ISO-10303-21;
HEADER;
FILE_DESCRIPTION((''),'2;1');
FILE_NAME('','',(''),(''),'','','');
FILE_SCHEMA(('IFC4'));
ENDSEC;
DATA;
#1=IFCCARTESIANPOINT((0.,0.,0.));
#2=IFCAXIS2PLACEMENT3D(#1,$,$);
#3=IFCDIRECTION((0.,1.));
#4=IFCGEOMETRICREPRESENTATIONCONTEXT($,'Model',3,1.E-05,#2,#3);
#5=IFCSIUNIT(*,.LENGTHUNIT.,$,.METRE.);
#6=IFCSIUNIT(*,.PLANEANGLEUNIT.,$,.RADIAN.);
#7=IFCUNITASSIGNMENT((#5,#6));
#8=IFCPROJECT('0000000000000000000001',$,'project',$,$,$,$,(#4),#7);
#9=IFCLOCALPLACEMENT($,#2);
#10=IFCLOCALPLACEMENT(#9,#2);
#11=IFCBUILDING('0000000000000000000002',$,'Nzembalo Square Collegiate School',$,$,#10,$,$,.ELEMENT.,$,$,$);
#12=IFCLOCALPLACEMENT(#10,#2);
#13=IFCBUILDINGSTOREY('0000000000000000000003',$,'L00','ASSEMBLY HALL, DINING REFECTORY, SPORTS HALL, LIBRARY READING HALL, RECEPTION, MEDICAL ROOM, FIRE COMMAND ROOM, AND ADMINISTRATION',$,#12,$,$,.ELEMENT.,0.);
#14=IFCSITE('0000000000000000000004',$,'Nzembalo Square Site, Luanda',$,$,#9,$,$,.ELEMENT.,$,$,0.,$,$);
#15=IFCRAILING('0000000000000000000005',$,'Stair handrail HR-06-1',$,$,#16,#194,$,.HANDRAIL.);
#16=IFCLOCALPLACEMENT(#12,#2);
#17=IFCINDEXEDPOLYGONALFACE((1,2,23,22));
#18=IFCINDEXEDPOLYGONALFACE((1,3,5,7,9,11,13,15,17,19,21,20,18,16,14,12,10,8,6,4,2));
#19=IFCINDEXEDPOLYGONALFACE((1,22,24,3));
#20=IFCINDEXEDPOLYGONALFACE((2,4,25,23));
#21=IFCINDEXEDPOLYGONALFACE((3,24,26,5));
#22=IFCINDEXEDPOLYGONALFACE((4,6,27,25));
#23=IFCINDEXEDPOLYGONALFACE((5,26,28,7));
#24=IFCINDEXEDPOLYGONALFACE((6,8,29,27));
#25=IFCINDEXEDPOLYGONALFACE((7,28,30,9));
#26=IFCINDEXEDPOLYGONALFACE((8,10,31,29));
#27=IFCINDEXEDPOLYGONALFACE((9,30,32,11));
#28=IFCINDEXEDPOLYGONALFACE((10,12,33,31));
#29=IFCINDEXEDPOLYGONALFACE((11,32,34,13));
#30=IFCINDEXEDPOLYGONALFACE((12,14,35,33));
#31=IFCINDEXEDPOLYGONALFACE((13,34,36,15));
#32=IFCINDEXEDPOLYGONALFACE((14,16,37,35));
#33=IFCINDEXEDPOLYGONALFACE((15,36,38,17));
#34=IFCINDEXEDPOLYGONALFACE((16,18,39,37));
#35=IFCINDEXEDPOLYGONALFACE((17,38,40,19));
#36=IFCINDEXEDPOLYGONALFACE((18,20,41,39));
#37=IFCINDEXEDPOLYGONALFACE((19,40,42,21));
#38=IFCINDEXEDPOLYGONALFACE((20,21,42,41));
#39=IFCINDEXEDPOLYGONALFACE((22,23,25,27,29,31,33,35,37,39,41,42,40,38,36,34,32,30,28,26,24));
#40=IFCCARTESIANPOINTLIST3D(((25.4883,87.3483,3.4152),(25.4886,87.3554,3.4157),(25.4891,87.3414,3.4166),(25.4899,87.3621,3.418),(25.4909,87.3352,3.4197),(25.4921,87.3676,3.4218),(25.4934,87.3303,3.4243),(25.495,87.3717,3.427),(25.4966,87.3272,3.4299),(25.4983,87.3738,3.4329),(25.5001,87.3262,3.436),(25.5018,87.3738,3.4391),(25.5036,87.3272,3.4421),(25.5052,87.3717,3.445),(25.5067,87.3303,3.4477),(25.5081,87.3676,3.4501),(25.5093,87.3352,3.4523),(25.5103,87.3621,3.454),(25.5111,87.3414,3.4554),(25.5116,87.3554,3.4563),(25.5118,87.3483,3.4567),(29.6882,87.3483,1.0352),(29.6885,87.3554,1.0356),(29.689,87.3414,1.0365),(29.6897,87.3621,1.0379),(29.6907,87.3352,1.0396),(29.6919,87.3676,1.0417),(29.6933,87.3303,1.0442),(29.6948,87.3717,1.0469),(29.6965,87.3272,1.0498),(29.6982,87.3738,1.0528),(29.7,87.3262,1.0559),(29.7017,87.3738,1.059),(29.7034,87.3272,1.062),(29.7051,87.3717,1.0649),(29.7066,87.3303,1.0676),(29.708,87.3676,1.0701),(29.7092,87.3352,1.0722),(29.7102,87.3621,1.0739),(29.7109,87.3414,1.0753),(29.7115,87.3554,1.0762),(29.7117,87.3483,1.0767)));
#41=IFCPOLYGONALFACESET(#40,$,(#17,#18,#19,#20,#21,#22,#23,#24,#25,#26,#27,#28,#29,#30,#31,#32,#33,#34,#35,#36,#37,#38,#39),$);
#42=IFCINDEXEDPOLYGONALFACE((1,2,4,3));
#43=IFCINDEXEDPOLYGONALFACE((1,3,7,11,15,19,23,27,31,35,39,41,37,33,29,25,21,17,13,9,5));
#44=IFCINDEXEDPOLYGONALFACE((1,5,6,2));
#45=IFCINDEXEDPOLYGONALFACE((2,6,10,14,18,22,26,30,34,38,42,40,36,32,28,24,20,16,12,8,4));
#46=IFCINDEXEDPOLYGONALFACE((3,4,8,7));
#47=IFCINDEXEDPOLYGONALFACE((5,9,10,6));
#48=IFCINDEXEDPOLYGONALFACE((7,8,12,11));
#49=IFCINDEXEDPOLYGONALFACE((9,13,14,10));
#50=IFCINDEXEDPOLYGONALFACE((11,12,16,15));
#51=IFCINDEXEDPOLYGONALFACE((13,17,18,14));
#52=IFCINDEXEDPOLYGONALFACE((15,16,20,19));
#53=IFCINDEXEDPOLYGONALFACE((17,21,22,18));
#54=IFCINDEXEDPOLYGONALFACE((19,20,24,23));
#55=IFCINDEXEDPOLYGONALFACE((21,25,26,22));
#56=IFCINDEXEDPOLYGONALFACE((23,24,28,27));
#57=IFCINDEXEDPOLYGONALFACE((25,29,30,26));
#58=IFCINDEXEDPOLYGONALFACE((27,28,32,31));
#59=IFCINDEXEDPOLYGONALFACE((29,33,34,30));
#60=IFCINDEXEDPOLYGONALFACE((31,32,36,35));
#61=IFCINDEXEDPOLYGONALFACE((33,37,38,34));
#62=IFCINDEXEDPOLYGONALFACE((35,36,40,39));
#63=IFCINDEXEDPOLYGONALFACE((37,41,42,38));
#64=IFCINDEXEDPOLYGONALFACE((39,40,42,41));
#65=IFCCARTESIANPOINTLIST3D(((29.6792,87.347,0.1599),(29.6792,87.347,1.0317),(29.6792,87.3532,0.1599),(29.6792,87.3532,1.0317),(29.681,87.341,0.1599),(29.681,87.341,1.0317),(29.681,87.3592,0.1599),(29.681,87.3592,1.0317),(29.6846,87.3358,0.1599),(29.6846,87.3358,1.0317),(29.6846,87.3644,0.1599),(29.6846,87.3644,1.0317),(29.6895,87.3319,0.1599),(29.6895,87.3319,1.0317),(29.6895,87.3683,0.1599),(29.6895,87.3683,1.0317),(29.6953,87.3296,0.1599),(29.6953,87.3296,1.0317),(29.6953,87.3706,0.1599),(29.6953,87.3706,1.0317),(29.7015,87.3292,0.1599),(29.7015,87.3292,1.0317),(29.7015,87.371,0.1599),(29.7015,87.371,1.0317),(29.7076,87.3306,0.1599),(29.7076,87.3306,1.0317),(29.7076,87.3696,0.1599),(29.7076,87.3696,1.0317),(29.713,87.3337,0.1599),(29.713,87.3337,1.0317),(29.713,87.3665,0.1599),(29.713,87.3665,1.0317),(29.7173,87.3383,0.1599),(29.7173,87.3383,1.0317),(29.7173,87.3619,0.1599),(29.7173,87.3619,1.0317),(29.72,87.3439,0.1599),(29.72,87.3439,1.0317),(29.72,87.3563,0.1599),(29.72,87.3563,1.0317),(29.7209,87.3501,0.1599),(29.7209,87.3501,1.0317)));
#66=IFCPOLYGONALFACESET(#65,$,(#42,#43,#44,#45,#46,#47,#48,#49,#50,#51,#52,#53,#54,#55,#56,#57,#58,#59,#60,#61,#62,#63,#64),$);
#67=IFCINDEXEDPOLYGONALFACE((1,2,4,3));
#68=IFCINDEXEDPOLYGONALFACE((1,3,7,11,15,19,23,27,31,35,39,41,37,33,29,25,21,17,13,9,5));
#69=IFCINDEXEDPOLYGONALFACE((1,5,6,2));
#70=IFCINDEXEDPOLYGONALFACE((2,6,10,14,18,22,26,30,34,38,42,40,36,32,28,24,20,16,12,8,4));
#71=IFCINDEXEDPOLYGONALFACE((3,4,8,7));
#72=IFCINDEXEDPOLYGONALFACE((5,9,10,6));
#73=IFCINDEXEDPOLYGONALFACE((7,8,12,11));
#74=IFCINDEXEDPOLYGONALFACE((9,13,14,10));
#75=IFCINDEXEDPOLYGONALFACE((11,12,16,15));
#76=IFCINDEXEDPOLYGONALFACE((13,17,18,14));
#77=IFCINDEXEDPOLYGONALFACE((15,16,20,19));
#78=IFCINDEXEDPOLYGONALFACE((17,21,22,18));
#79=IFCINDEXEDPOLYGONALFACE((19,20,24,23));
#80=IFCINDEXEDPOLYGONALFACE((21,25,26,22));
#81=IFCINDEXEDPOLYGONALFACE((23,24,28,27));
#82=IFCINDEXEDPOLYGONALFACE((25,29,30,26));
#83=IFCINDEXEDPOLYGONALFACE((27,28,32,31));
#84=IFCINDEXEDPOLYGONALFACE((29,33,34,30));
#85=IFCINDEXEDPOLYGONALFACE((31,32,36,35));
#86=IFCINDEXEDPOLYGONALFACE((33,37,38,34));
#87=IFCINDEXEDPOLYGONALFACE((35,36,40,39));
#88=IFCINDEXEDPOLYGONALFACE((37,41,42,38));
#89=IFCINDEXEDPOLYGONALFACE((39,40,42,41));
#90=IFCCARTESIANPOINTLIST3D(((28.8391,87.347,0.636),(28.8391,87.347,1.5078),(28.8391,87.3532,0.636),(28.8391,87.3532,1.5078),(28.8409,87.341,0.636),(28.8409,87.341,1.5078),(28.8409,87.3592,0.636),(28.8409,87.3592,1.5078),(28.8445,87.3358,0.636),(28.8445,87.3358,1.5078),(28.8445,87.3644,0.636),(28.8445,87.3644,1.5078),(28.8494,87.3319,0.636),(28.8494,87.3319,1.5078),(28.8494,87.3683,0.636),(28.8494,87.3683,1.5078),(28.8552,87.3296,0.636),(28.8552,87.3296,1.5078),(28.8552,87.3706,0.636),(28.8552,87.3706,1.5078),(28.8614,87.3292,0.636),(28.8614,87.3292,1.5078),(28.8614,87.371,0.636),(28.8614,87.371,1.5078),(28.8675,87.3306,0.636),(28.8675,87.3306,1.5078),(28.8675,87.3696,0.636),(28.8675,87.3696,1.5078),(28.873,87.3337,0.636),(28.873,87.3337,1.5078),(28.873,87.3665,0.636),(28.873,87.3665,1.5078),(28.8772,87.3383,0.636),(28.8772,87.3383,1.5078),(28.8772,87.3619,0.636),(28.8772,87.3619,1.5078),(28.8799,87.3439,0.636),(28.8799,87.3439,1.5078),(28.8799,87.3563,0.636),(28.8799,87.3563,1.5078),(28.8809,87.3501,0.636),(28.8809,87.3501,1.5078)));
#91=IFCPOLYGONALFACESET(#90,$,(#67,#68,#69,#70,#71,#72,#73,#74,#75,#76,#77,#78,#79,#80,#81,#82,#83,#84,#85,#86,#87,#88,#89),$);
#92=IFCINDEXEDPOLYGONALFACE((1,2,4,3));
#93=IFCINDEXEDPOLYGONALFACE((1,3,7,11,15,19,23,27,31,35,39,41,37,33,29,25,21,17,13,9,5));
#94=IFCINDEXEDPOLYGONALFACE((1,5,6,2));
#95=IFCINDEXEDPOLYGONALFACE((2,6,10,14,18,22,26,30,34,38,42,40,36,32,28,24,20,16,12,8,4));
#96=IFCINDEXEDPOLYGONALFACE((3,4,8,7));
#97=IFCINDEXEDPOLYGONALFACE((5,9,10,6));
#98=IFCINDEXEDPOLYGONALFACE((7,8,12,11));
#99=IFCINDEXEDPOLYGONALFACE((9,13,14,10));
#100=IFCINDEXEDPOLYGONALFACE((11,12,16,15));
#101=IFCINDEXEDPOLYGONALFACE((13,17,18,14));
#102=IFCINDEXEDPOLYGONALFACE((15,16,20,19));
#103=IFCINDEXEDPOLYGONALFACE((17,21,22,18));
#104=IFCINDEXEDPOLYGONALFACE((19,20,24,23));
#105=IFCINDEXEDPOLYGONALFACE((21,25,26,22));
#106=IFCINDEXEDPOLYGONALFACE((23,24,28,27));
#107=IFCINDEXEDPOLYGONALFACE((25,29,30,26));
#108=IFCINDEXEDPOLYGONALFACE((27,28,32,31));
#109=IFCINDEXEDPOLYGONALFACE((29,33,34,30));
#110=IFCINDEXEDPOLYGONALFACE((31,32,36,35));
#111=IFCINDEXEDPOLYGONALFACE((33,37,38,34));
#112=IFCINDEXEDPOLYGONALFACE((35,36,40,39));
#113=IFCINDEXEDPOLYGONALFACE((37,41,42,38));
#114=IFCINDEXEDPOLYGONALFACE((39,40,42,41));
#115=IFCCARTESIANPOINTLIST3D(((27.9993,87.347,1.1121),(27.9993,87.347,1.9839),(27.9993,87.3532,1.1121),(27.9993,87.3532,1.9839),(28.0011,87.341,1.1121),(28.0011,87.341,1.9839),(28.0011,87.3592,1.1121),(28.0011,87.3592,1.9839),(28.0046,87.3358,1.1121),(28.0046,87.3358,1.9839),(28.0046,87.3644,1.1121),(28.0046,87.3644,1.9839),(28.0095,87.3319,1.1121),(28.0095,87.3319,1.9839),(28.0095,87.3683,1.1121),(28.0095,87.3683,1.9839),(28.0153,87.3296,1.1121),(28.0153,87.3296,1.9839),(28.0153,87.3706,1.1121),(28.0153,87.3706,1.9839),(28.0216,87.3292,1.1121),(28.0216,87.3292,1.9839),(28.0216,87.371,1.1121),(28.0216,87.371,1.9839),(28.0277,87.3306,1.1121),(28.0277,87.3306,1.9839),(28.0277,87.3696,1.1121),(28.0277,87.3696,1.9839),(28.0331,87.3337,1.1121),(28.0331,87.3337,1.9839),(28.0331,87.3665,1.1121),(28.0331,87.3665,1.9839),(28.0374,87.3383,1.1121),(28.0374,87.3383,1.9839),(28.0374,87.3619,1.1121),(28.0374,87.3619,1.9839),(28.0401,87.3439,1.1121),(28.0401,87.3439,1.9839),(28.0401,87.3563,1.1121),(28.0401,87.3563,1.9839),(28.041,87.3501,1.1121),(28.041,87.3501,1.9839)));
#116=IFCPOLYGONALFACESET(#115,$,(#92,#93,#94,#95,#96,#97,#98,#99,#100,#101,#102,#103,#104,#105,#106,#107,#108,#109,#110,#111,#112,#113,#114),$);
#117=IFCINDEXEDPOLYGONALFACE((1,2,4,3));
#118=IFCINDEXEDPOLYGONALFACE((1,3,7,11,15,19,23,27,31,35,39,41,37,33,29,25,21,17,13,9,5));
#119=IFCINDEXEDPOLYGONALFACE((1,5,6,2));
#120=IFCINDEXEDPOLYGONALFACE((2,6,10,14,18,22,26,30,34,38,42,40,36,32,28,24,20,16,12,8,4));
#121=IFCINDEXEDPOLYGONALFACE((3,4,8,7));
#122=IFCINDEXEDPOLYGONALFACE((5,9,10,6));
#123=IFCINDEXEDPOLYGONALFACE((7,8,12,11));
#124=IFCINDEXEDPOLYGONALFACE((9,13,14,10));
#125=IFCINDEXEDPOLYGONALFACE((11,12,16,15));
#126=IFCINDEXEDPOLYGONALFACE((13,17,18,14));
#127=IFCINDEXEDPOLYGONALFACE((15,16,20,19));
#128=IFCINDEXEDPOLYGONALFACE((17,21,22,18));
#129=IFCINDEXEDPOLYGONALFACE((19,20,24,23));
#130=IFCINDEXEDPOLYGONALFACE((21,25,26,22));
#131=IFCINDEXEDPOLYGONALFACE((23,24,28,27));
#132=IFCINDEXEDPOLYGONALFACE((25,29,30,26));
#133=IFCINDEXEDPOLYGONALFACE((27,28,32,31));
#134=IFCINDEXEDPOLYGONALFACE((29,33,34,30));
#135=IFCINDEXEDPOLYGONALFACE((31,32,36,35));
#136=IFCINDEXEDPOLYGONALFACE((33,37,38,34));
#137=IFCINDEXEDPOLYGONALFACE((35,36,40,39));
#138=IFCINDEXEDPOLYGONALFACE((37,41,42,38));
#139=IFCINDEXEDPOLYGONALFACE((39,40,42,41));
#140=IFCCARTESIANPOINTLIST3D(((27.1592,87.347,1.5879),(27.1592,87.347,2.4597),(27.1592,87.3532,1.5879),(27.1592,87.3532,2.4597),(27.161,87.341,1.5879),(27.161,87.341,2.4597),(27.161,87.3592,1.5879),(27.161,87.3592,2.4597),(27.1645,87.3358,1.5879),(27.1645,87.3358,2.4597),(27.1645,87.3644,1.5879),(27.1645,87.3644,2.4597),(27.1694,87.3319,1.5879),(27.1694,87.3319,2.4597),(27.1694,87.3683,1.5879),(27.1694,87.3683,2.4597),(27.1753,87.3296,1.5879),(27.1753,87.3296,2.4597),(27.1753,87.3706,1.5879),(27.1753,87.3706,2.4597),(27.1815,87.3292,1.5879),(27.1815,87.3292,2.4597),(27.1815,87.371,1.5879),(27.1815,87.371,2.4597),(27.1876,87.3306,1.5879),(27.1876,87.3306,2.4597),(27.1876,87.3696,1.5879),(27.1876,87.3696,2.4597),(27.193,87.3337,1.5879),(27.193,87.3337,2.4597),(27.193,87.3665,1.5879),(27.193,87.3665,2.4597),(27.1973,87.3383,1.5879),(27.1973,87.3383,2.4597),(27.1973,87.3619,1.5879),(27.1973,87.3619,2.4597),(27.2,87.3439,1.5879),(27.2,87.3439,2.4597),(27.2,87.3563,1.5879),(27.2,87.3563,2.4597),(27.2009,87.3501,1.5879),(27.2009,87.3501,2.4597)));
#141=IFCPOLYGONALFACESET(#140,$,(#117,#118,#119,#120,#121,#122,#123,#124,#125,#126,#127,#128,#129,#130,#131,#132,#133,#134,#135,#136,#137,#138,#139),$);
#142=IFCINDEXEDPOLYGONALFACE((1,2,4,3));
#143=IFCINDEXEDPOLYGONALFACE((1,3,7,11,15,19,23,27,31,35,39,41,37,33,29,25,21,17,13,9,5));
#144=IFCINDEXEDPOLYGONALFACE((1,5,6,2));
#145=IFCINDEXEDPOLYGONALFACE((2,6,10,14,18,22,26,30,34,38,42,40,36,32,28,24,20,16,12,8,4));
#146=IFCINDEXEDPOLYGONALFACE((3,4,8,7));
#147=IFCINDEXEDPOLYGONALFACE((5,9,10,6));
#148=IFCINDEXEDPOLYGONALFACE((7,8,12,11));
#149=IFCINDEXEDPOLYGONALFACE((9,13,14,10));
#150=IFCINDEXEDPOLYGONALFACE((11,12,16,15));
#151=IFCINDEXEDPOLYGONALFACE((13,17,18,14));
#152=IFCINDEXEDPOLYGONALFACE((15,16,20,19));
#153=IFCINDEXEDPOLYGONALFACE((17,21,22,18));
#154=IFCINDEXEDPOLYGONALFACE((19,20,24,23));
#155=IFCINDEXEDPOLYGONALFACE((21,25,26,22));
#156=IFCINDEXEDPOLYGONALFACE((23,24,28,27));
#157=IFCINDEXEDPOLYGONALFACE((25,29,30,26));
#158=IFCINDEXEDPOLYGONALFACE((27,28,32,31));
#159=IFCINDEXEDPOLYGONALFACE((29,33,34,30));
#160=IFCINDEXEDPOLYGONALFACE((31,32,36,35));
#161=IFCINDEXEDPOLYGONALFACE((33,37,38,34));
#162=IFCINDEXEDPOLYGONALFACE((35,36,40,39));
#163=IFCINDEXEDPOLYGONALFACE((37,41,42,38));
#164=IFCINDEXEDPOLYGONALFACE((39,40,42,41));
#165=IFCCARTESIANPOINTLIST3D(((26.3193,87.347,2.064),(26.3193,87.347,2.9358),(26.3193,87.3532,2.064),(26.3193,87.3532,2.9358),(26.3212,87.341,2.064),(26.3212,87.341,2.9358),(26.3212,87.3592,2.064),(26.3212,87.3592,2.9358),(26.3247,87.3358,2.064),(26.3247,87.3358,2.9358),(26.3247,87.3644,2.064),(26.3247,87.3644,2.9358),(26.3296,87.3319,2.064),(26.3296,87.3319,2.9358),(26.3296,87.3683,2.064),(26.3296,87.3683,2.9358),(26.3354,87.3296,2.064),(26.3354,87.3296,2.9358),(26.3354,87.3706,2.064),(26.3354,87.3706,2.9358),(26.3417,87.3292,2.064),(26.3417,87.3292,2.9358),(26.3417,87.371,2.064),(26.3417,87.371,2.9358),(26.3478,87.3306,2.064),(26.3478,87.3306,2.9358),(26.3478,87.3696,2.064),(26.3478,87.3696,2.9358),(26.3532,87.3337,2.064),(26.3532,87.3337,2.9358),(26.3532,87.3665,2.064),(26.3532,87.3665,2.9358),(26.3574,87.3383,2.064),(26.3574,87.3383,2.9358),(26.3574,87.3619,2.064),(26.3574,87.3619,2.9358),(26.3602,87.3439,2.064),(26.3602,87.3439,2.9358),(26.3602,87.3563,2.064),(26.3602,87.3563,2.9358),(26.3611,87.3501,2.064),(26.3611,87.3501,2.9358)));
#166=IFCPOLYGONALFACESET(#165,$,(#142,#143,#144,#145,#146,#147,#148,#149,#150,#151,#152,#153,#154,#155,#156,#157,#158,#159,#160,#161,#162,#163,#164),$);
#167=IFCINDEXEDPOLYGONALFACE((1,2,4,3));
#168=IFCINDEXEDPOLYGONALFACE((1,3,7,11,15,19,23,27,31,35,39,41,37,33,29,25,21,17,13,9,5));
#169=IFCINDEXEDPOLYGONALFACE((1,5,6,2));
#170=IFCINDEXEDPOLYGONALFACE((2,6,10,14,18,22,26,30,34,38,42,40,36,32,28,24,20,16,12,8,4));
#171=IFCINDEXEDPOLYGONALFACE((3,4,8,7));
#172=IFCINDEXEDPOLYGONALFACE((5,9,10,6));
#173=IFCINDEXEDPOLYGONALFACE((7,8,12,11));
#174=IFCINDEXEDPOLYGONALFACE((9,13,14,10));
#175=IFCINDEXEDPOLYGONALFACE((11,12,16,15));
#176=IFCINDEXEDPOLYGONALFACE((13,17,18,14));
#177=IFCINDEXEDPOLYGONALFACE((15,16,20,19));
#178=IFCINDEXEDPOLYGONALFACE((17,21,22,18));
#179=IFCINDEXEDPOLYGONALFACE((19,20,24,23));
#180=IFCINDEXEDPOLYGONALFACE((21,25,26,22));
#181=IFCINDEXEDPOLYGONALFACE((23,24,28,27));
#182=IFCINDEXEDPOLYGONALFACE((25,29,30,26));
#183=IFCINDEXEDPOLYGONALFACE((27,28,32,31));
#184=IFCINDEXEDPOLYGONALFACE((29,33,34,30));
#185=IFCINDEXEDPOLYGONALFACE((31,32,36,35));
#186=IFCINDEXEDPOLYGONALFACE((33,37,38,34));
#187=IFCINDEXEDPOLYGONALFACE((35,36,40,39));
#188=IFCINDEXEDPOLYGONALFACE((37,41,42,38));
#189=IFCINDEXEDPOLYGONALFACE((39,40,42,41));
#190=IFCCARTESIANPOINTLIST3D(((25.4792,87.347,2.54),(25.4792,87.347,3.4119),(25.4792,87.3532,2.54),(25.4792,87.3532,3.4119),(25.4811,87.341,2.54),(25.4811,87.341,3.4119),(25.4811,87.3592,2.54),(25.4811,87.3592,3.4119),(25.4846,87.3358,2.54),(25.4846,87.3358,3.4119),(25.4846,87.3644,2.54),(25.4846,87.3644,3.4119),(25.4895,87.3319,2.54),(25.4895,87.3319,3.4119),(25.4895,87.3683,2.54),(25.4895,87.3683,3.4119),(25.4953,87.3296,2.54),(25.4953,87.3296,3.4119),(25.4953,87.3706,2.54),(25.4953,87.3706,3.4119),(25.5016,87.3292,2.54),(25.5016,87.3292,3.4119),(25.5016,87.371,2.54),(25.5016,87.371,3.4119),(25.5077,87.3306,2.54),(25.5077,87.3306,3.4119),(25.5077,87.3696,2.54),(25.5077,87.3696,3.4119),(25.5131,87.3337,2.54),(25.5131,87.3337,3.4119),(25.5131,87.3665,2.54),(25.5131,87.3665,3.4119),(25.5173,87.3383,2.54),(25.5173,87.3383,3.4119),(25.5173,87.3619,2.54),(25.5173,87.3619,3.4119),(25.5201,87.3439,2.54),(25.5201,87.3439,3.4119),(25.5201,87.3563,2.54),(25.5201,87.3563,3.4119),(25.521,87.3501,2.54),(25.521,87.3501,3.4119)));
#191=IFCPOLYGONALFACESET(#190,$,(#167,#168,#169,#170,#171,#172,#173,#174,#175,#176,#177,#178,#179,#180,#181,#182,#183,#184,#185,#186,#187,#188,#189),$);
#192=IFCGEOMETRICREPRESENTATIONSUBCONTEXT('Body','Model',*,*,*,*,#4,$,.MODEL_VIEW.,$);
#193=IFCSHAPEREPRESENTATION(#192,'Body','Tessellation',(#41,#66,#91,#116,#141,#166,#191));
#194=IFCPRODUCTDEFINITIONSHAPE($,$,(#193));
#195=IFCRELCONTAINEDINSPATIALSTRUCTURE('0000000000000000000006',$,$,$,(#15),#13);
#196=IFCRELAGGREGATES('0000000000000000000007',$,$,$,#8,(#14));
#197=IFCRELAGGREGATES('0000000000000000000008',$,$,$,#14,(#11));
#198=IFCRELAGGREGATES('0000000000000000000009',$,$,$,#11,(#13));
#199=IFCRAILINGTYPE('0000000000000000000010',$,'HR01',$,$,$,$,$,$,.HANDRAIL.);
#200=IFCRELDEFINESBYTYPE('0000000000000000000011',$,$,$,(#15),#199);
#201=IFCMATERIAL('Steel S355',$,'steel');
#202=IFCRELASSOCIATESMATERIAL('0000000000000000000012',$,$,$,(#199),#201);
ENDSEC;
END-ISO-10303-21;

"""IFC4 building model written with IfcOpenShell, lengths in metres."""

from ifc_helpers import new_model, si_unit, direction, frame, origin, origin_2d, place, context, subcontext, project, spatial, circle, extrude, material, type_object, element, save


model = new_model("IFC4")

# Units and contexts
model_context = context("Model", 3, precision=1e-05, world=origin(), true_north=direction((0.0, 1.0)))
body_context = subcontext(model_context, "Body", "Model", "MODEL_VIEW")
ifc_project = project(units=[si_unit("LENGTHUNIT", "METRE"), si_unit("PLANEANGLEUNIT", "RADIAN")], contexts=[model_context])

# Site, building, storey
site_placement = place(None, origin())
site = spatial("IfcSite", under=ifc_project, at=site_placement, Name="Nzembalo Square Site, Luanda", CompositionType="ELEMENT", RefElevation=0.0)
building_placement = place(site_placement, origin())
building = spatial("IfcBuilding", under=site, at=building_placement, Name="Nzembalo Square Collegiate School", CompositionType="ELEMENT")
storey_placement = place(building_placement, origin())
storey = spatial("IfcBuildingStorey", under=building, at=storey_placement, Name="L00", Description="ASSEMBLY HALL, DINING REFECTORY, SPORTS HALL, LIBRARY READING HALL, RECEPTION, MEDICAL ROOM, FIRE COMMAND ROOM, AND ADMINISTRATION", CompositionType="ELEMENT", Elevation=0.0)

# Railing
ifc_material_1 = material(Name="Steel S355", Category="steel")
railing_type_1 = type_object("IfcRailingType", Name="HR01", PredefinedType="HANDRAIL", material=ifc_material_1)
railing_1_placement = place(storey_placement, frame((29.7, 87.3501, 0.1599)))
element("IfcRailing", 1, at=railing_1_placement, inside=storey, type_object=railing_type_1, Name="Stair handrail HR-06-1", PredefinedType="HANDRAIL", context=body_context, shape_type="SweptSolid", body=[
    extrude(circle(Radius=0.0239, at=origin_2d()), frame((0.0, 0.0, 0.896), z_axis=(-0.870008, 0.0, 0.493037), x_axis=(0.0, -1.0, 0.0)), (0.0, 0.0, 1.0), 4.8274),
    extrude(circle(Radius=0.021, at=origin_2d()), origin(), (0.0, 0.0, 1.0), 0.8718),
    extrude(circle(Radius=0.021, at=origin_2d()), frame((-0.8401, 0.0, 0.4761)), (0.0, 0.0, 1.0), 0.8718),
    extrude(circle(Radius=0.021, at=origin_2d()), frame((-1.6799, 0.0, 0.9521)), (0.0, 0.0, 1.0), 0.8718),
    extrude(circle(Radius=0.021, at=origin_2d()), frame((-2.52, 0.0, 1.428)), (0.0, 0.0, 1.0), 0.8718),
    extrude(circle(Radius=0.021, at=origin_2d()), frame((-3.3599, 0.0, 1.9041)), (0.0, 0.0, 1.0), 0.8718),
    extrude(circle(Radius=0.021, at=origin_2d()), frame((-4.2, 0.0, 2.3801)), (0.0, 0.0, 1.0), 0.8718),
])

save(model, "model.ifc")
